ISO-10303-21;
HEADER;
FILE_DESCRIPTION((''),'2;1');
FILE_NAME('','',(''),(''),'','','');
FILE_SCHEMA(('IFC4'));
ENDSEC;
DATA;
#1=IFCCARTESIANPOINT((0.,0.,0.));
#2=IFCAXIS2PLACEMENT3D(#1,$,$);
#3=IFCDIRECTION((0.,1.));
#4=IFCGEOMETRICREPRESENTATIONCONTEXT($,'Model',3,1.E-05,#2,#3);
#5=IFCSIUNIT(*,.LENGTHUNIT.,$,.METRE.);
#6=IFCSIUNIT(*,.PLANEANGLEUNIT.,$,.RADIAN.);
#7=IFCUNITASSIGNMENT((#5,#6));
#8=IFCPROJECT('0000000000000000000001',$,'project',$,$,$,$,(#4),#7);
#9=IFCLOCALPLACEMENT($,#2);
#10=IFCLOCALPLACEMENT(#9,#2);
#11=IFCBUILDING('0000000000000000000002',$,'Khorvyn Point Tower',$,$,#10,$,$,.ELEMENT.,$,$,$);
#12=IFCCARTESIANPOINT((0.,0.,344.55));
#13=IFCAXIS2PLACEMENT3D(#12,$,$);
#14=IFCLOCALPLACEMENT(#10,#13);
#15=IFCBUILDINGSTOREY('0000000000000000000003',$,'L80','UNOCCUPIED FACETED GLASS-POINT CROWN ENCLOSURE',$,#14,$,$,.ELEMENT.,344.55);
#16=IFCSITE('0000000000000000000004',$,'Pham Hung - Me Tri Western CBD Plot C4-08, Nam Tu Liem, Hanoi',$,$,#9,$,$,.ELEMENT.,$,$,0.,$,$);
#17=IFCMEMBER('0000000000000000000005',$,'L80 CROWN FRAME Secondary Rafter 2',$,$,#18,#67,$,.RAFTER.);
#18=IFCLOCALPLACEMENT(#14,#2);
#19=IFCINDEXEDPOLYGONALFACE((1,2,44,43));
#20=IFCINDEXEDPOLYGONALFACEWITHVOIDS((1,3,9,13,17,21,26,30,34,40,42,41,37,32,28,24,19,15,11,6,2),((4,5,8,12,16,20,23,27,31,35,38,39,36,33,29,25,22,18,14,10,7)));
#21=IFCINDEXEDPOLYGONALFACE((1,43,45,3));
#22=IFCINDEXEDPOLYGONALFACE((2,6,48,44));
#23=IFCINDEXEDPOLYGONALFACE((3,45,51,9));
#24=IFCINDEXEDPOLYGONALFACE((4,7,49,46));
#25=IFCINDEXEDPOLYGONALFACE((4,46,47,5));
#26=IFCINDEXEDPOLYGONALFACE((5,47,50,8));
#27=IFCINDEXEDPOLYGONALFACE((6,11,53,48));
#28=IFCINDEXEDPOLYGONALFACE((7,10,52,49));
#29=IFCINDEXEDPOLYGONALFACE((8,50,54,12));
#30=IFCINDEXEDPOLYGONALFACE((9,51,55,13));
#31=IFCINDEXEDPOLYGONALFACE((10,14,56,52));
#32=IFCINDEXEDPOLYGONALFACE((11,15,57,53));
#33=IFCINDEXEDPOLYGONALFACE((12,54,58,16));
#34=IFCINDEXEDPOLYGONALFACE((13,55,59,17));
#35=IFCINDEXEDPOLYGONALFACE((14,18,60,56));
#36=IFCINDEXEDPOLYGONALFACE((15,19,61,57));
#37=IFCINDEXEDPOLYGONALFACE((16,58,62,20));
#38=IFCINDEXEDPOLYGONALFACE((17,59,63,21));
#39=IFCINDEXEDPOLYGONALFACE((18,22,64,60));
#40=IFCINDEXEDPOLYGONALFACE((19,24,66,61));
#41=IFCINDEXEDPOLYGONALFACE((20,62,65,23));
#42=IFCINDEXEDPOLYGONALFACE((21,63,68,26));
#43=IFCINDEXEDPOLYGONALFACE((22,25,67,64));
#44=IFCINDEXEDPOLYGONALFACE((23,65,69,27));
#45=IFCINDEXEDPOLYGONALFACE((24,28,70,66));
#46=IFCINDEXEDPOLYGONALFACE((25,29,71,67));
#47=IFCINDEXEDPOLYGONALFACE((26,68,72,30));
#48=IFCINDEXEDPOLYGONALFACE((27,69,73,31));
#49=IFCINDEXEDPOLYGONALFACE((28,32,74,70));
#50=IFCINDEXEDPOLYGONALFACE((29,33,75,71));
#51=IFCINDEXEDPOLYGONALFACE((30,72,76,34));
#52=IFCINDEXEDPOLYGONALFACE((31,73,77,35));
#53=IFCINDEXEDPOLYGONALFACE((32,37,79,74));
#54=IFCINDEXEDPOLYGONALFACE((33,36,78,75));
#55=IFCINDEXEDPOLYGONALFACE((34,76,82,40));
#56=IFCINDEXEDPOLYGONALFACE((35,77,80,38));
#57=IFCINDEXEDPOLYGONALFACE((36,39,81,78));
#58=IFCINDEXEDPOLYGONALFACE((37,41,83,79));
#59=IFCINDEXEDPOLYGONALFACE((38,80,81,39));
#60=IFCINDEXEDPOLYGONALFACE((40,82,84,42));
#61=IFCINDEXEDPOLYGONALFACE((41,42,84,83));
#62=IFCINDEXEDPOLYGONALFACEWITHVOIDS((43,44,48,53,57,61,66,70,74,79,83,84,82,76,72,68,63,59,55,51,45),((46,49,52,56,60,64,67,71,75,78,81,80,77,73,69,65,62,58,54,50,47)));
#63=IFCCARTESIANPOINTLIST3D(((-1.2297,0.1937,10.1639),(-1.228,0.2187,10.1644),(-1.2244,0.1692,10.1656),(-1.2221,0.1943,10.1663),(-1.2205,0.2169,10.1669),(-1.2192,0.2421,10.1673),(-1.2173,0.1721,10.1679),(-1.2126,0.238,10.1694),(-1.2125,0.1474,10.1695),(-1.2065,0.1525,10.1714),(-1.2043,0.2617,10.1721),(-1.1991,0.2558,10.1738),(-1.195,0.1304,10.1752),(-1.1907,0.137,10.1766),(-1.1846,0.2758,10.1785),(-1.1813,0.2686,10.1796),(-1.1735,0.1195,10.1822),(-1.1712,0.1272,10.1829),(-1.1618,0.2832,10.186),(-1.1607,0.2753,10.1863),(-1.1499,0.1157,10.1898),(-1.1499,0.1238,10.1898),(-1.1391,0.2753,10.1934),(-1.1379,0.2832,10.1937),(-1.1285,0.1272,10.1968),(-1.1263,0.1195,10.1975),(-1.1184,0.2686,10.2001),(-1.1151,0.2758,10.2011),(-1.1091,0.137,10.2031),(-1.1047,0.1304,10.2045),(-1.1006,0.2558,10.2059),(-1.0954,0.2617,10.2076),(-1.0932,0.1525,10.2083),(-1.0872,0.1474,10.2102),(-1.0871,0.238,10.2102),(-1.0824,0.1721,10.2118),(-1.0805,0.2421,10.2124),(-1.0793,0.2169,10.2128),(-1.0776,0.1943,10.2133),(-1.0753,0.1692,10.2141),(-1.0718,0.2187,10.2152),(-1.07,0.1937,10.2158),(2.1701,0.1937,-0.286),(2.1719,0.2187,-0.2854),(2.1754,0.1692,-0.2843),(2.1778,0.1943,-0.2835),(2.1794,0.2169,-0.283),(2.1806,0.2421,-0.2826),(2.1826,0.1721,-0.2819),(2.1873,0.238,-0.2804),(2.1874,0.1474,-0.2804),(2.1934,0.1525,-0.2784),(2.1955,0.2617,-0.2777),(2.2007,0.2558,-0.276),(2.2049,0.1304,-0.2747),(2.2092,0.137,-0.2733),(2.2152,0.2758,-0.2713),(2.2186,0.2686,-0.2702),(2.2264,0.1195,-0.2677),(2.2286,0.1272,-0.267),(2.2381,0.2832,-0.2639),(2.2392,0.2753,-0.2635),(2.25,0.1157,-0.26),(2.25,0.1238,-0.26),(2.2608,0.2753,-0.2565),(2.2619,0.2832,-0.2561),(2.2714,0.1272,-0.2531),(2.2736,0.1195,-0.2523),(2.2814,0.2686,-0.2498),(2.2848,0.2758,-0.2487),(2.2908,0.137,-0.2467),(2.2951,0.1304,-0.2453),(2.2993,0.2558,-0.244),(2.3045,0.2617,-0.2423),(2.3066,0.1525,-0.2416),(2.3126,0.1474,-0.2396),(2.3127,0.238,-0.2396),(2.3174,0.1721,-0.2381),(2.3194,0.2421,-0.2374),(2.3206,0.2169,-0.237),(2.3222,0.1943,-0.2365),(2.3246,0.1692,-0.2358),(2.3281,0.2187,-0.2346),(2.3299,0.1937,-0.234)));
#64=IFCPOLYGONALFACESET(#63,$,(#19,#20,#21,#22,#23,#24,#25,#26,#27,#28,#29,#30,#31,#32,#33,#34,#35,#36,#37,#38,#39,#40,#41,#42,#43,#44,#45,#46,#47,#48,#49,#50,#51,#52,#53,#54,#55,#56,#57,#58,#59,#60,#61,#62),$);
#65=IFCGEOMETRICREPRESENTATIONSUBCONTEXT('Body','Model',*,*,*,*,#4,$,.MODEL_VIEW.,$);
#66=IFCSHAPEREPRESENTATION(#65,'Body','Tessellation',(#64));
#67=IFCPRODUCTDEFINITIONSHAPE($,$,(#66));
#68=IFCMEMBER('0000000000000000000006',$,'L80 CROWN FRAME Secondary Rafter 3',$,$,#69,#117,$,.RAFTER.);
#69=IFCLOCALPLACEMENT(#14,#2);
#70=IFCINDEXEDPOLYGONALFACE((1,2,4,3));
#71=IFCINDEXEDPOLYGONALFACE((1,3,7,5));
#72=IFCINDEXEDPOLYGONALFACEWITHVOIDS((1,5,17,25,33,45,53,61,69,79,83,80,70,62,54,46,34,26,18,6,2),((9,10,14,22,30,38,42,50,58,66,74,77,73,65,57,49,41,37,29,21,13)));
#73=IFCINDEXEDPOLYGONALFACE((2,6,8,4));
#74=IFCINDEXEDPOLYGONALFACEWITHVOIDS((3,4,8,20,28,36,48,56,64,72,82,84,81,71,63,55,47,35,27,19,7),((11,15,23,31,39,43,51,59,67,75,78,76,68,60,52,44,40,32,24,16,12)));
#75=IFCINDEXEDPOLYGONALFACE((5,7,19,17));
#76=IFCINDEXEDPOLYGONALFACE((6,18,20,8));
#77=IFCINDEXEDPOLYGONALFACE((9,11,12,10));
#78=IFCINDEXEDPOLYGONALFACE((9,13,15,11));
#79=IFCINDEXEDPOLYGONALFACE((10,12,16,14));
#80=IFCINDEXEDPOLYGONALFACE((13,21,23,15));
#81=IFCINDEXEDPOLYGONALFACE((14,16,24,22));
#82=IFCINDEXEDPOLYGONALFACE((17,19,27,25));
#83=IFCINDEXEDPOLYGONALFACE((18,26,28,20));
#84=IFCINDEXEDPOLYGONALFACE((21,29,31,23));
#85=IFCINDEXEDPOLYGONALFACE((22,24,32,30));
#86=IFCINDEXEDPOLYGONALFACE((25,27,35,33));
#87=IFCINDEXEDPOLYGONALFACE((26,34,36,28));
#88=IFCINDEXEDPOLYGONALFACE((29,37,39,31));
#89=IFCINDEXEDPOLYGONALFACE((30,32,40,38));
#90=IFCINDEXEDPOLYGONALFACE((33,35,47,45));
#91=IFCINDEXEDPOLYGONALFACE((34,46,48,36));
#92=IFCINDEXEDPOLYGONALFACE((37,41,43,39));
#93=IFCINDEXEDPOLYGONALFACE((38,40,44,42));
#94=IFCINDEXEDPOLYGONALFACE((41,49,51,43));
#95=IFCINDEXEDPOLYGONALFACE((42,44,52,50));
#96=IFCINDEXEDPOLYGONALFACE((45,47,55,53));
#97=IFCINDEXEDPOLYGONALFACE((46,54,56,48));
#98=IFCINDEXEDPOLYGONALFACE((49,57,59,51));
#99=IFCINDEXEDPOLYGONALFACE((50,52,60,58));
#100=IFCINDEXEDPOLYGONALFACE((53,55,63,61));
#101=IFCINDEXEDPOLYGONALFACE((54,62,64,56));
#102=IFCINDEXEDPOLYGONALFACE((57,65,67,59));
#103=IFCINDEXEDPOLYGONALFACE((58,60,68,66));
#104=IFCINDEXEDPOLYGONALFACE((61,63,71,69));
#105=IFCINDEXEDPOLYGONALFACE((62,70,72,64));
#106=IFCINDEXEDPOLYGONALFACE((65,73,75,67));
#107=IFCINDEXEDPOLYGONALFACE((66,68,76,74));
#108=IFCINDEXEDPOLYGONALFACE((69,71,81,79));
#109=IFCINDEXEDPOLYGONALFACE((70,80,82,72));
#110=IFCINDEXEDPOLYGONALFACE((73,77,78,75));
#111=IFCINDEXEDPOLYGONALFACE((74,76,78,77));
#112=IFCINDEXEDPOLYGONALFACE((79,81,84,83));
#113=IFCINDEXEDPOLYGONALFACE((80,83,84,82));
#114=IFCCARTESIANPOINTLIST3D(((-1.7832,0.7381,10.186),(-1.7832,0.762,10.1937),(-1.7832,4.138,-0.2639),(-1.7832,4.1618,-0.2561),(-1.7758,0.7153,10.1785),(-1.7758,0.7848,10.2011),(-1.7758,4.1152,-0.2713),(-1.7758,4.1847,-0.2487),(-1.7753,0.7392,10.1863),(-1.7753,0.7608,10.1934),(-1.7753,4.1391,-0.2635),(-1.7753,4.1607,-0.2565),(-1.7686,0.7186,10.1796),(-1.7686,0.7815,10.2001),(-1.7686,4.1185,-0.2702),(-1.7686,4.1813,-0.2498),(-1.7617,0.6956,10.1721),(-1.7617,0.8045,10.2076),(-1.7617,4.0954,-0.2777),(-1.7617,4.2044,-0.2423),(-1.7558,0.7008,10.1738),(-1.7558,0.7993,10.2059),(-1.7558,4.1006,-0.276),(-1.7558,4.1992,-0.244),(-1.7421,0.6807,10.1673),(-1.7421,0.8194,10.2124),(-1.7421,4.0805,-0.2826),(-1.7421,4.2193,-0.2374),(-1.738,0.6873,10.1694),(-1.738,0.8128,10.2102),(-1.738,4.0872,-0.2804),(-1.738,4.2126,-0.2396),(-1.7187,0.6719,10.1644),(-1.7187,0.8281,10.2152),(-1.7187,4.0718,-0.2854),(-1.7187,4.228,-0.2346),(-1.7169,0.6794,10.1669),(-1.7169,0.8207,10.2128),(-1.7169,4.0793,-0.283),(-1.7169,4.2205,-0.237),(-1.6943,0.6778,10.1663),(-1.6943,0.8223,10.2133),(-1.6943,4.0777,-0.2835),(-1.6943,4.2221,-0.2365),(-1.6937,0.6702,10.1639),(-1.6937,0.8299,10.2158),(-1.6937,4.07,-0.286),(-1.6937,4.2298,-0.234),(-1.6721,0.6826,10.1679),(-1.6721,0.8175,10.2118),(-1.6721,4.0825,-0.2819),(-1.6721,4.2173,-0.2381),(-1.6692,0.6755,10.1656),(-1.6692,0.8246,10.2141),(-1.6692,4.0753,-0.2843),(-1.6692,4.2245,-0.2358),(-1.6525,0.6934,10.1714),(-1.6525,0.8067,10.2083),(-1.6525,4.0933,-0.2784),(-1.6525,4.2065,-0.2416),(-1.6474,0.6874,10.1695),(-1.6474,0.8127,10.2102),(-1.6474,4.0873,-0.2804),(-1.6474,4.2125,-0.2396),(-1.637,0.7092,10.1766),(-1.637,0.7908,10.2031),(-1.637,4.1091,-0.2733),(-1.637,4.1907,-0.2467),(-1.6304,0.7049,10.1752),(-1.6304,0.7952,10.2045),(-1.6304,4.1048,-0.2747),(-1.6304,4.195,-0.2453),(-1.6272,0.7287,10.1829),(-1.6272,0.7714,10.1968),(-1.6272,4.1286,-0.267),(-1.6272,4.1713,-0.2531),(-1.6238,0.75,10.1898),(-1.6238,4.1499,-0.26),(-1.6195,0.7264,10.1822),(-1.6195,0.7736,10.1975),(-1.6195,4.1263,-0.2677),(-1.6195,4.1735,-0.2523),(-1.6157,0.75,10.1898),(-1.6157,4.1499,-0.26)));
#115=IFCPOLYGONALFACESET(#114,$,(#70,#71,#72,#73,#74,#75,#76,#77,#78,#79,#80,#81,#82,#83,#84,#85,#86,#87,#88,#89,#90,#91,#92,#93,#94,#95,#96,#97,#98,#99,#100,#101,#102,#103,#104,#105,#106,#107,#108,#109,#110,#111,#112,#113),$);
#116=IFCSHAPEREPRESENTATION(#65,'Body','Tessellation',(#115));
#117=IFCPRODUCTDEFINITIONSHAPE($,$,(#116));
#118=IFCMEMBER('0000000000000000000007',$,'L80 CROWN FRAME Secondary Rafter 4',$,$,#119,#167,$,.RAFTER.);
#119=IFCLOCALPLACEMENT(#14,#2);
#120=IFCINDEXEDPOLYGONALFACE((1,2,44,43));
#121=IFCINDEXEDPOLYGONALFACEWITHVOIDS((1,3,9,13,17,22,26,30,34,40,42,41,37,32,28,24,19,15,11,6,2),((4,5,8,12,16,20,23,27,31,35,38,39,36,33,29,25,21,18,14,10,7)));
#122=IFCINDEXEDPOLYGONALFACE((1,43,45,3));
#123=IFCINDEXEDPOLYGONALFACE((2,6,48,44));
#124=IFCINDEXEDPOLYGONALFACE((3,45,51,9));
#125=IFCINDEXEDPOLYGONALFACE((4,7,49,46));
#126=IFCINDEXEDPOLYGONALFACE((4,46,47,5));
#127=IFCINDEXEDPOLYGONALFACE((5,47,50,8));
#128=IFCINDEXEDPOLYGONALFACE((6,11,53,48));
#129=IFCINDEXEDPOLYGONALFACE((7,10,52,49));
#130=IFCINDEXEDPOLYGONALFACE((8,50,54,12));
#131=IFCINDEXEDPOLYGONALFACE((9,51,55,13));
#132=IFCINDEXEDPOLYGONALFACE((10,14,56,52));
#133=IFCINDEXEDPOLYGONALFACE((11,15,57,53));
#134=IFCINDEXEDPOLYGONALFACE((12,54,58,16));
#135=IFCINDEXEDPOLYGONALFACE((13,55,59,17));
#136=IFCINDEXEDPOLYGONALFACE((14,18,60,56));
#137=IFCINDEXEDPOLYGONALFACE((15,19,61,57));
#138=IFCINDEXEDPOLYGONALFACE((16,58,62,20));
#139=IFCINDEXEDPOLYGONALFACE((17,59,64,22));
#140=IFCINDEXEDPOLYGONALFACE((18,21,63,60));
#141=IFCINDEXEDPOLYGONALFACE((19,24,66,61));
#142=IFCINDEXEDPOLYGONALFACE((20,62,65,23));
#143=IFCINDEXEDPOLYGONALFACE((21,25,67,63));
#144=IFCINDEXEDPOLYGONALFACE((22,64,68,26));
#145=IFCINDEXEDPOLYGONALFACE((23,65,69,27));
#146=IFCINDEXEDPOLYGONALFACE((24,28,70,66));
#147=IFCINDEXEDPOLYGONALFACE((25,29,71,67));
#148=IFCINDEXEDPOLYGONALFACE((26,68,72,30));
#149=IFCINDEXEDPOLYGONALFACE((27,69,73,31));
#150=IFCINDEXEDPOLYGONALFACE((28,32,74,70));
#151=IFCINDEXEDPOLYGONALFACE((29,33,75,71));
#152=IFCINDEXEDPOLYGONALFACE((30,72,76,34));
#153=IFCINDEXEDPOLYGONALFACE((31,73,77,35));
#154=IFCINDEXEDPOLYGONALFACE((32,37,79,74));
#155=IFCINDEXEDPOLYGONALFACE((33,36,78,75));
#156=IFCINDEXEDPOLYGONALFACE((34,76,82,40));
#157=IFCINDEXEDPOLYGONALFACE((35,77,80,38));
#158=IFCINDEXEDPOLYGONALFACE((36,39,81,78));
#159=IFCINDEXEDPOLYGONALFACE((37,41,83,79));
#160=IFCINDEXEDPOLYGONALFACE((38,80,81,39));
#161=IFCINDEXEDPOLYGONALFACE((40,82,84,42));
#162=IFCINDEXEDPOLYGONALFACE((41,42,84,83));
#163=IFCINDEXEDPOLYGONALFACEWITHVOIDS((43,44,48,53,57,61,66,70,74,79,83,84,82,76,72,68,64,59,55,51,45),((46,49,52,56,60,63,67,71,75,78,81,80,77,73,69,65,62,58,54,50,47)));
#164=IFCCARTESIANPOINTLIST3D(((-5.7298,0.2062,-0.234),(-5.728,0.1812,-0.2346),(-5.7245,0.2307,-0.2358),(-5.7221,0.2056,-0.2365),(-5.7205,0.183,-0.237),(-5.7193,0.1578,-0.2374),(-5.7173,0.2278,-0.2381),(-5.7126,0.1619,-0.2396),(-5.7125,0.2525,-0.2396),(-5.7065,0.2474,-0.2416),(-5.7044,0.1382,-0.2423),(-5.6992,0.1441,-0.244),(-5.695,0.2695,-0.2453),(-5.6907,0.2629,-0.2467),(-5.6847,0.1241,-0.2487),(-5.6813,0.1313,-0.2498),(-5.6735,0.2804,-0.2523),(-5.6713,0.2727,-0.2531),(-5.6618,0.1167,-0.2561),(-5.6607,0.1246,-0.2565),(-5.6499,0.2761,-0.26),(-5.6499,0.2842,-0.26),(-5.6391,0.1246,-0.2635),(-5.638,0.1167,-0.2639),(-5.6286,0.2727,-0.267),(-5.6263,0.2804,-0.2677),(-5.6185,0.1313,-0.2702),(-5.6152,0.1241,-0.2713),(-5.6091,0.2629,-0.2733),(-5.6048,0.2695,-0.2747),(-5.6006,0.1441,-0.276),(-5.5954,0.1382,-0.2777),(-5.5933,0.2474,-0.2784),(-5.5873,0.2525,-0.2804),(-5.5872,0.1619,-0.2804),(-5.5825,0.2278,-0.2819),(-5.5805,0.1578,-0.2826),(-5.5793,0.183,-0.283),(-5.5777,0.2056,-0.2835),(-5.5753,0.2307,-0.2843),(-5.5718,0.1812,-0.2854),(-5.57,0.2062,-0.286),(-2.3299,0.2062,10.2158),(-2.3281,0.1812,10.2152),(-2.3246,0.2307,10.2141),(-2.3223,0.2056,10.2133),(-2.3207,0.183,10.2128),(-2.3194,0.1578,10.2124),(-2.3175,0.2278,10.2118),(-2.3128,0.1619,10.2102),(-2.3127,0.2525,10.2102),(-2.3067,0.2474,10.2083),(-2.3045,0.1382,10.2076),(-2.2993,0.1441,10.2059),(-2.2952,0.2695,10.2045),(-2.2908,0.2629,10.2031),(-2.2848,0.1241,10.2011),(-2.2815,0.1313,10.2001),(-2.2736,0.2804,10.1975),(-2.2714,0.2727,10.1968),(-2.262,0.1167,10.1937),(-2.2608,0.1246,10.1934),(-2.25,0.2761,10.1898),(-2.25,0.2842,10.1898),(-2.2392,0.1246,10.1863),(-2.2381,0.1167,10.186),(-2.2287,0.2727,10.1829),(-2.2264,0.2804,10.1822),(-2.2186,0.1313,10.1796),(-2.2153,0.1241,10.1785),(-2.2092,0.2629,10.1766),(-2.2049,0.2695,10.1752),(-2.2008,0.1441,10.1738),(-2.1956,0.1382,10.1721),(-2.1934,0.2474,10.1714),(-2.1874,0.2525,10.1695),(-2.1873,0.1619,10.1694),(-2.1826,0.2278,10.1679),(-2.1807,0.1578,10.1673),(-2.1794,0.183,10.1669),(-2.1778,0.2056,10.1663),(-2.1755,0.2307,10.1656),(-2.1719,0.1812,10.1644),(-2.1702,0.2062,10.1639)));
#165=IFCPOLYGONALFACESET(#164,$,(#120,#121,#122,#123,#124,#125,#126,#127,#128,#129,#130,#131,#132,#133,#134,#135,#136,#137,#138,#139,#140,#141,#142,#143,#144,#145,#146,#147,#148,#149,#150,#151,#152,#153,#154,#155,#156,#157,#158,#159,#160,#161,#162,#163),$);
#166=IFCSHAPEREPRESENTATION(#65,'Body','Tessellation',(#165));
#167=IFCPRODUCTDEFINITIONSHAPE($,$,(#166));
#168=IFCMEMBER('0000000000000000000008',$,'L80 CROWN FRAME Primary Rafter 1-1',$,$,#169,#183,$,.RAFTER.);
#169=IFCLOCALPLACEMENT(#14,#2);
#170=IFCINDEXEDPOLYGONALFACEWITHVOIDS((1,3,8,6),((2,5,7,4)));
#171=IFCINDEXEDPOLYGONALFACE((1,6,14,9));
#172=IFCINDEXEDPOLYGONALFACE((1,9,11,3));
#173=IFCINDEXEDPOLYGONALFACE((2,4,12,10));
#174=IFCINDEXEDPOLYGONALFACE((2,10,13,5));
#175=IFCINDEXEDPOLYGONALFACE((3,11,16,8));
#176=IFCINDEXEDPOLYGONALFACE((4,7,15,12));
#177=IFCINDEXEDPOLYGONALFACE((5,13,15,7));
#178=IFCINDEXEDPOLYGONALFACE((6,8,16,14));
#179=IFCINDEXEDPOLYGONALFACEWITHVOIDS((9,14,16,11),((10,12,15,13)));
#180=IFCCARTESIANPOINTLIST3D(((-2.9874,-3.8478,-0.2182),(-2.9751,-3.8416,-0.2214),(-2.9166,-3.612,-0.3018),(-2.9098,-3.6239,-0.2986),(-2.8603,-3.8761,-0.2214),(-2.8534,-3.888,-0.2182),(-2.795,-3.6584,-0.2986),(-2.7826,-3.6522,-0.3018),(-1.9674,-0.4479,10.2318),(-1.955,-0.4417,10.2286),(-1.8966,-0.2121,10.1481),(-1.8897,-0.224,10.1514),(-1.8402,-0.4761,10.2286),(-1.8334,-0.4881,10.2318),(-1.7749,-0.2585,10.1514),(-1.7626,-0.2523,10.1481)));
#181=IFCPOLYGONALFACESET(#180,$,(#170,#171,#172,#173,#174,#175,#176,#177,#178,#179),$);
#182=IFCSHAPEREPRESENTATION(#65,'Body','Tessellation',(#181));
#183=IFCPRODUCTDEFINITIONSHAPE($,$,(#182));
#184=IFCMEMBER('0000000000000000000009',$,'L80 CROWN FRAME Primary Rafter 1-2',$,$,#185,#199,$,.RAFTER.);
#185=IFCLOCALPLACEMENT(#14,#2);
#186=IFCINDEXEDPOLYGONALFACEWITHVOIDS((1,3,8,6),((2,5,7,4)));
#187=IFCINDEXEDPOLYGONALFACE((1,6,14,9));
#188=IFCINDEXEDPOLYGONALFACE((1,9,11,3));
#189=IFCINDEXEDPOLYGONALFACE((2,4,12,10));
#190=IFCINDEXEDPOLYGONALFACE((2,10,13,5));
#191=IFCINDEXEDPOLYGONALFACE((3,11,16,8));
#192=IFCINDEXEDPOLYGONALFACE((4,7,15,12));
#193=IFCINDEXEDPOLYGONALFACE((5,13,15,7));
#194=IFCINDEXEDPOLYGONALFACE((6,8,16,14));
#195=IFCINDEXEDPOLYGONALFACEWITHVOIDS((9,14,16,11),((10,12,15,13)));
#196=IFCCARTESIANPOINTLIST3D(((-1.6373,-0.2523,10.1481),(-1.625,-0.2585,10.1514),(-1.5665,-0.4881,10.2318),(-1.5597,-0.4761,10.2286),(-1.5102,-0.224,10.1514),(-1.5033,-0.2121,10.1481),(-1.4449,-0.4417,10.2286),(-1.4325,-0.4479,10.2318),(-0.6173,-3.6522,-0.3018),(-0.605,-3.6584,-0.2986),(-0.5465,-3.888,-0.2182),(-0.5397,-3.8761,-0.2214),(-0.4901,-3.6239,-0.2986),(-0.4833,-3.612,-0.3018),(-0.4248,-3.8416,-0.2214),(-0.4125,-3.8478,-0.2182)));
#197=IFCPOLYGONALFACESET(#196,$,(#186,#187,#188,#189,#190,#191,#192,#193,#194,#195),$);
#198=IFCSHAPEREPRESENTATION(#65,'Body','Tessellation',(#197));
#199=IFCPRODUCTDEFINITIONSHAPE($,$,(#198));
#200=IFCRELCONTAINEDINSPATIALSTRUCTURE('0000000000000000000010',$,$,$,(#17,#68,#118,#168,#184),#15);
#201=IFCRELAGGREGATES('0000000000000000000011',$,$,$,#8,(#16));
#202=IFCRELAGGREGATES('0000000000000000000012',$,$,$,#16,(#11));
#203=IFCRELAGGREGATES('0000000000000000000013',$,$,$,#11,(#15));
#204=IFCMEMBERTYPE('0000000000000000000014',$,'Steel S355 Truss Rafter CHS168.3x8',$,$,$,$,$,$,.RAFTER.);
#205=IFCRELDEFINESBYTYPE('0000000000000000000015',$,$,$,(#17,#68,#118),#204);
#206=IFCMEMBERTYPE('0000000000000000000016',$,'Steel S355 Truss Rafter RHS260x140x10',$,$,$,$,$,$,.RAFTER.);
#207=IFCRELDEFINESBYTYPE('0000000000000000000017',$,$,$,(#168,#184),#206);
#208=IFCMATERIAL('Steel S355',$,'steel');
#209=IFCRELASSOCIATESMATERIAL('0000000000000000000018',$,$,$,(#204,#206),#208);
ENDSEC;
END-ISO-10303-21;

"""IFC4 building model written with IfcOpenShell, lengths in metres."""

from ifc_helpers import new_model, si_unit, direction, frame, origin, origin_2d, place, context, subcontext, project, spatial, hollow_rectangle, hollow_circle, extrude, material, material_profile, profile_set, type_object, element, save


model = new_model("IFC4")

# Units and contexts
model_context = context("Model", 3, precision=1e-05, world=origin(), true_north=direction((0.0, 1.0)))
body_context = subcontext(model_context, "Body", "Model", "MODEL_VIEW")
ifc_project = project(units=[si_unit("LENGTHUNIT", "METRE"), si_unit("PLANEANGLEUNIT", "RADIAN")], contexts=[model_context])

# Site, building, storey
site_placement = place(None, origin())
site = spatial("IfcSite", under=ifc_project, at=site_placement, Name="Pham Hung - Me Tri Western CBD Plot C4-08, Nam Tu Liem, Hanoi", CompositionType="ELEMENT", RefElevation=0.0)
building_placement = place(site_placement, origin())
building = spatial("IfcBuilding", under=site, at=building_placement, Name="Khorvyn Point Tower", CompositionType="ELEMENT")
storey_placement = place(building_placement, frame((0.0, 0.0, 344.55)))
storey = spatial("IfcBuildingStorey", under=building, at=storey_placement, Name="L80", Description="UNOCCUPIED FACETED GLASS-POINT CROWN ENCLOSURE", CompositionType="ELEMENT", Elevation=344.55)

# Shared definitions
ifc_material_1 = material(Name="Steel S355", Category="steel")

# Members
ifc_material_profile_1 = material_profile(ifc_material_1, hollow_circle(Radius=0.0842, WallThickness=0.0081, at=origin_2d()))
ifc_profile_set_1 = profile_set([ifc_material_profile_1], Name="Steel S355 CHS168.3x8")
member_type_1 = type_object("IfcMemberType", Name="Steel S355 Truss Rafter CHS168.3x8", PredefinedType="RAFTER", material=ifc_profile_set_1)
for number, where, z_axis, x_axis, name in (
    (1, (2.25, 0.2, -0.26), (-0.309388, 0.0, 0.950936), (0.0, -1.0, 0.0), "L80 CROWN FRAME Secondary Rafter 2"),
    (2, (-1.7, 4.1499, -0.26), (0.0, -0.309388, 0.950936), (1.0, 0.0, 0.0), "L80 CROWN FRAME Secondary Rafter 3"),
    (3, (-5.6499, 0.2, -0.26), (0.309388, 0.0, 0.950936), (0.0, 1.0, 0.0), "L80 CROWN FRAME Secondary Rafter 4"),
):
    element("IfcMember", number, at=place(storey_placement, frame(where, z_axis=z_axis, x_axis=x_axis)), inside=storey, type_object=member_type_1, Name=name, PredefinedType="RAFTER", context=body_context, shape_type="SweptSolid", body=[
        extrude(hollow_circle(Radius=0.0842, WallThickness=0.0081, at=origin_2d()), origin(), (0.0, 0.0, 1.0), 10.989),
    ])
ifc_material_profile_2 = material_profile(ifc_material_1, hollow_rectangle(XDim=0.1399, YDim=0.26, WallThickness=0.01, at=origin_2d()))
ifc_profile_set_2 = profile_set([ifc_material_profile_2], Name="Steel S355 RHS260x140x10")
member_type_2 = type_object("IfcMemberType", Name="Steel S355 Truss Rafter RHS260x140x10", PredefinedType="RAFTER", material=ifc_profile_set_2)
for number, where, z_axis, x_axis, name in (
    (4, (-2.885, -3.75, -0.26), (0.092424, 0.308064, 0.946866), (-0.957822, 0.287361, 0.0), "L80 CROWN FRAME Primary Rafter 1-1"),
    (5, (-0.5149, -3.75, -0.26), (-0.092424, 0.308064, 0.946866), (-0.957822, -0.287361, 0.0), "L80 CROWN FRAME Primary Rafter 1-2"),
):
    element("IfcMember", number, at=place(storey_placement, frame(where, z_axis=z_axis, x_axis=x_axis)), inside=storey, type_object=member_type_2, Name=name, PredefinedType="RAFTER", context=body_context, shape_type="SweptSolid", body=[
        extrude(hollow_rectangle(XDim=0.1399, YDim=0.26, WallThickness=0.01, at=origin_2d()), origin(), (0.0, 0.0, 1.0), 11.0364),
    ])

save(model, "model.ifc")
